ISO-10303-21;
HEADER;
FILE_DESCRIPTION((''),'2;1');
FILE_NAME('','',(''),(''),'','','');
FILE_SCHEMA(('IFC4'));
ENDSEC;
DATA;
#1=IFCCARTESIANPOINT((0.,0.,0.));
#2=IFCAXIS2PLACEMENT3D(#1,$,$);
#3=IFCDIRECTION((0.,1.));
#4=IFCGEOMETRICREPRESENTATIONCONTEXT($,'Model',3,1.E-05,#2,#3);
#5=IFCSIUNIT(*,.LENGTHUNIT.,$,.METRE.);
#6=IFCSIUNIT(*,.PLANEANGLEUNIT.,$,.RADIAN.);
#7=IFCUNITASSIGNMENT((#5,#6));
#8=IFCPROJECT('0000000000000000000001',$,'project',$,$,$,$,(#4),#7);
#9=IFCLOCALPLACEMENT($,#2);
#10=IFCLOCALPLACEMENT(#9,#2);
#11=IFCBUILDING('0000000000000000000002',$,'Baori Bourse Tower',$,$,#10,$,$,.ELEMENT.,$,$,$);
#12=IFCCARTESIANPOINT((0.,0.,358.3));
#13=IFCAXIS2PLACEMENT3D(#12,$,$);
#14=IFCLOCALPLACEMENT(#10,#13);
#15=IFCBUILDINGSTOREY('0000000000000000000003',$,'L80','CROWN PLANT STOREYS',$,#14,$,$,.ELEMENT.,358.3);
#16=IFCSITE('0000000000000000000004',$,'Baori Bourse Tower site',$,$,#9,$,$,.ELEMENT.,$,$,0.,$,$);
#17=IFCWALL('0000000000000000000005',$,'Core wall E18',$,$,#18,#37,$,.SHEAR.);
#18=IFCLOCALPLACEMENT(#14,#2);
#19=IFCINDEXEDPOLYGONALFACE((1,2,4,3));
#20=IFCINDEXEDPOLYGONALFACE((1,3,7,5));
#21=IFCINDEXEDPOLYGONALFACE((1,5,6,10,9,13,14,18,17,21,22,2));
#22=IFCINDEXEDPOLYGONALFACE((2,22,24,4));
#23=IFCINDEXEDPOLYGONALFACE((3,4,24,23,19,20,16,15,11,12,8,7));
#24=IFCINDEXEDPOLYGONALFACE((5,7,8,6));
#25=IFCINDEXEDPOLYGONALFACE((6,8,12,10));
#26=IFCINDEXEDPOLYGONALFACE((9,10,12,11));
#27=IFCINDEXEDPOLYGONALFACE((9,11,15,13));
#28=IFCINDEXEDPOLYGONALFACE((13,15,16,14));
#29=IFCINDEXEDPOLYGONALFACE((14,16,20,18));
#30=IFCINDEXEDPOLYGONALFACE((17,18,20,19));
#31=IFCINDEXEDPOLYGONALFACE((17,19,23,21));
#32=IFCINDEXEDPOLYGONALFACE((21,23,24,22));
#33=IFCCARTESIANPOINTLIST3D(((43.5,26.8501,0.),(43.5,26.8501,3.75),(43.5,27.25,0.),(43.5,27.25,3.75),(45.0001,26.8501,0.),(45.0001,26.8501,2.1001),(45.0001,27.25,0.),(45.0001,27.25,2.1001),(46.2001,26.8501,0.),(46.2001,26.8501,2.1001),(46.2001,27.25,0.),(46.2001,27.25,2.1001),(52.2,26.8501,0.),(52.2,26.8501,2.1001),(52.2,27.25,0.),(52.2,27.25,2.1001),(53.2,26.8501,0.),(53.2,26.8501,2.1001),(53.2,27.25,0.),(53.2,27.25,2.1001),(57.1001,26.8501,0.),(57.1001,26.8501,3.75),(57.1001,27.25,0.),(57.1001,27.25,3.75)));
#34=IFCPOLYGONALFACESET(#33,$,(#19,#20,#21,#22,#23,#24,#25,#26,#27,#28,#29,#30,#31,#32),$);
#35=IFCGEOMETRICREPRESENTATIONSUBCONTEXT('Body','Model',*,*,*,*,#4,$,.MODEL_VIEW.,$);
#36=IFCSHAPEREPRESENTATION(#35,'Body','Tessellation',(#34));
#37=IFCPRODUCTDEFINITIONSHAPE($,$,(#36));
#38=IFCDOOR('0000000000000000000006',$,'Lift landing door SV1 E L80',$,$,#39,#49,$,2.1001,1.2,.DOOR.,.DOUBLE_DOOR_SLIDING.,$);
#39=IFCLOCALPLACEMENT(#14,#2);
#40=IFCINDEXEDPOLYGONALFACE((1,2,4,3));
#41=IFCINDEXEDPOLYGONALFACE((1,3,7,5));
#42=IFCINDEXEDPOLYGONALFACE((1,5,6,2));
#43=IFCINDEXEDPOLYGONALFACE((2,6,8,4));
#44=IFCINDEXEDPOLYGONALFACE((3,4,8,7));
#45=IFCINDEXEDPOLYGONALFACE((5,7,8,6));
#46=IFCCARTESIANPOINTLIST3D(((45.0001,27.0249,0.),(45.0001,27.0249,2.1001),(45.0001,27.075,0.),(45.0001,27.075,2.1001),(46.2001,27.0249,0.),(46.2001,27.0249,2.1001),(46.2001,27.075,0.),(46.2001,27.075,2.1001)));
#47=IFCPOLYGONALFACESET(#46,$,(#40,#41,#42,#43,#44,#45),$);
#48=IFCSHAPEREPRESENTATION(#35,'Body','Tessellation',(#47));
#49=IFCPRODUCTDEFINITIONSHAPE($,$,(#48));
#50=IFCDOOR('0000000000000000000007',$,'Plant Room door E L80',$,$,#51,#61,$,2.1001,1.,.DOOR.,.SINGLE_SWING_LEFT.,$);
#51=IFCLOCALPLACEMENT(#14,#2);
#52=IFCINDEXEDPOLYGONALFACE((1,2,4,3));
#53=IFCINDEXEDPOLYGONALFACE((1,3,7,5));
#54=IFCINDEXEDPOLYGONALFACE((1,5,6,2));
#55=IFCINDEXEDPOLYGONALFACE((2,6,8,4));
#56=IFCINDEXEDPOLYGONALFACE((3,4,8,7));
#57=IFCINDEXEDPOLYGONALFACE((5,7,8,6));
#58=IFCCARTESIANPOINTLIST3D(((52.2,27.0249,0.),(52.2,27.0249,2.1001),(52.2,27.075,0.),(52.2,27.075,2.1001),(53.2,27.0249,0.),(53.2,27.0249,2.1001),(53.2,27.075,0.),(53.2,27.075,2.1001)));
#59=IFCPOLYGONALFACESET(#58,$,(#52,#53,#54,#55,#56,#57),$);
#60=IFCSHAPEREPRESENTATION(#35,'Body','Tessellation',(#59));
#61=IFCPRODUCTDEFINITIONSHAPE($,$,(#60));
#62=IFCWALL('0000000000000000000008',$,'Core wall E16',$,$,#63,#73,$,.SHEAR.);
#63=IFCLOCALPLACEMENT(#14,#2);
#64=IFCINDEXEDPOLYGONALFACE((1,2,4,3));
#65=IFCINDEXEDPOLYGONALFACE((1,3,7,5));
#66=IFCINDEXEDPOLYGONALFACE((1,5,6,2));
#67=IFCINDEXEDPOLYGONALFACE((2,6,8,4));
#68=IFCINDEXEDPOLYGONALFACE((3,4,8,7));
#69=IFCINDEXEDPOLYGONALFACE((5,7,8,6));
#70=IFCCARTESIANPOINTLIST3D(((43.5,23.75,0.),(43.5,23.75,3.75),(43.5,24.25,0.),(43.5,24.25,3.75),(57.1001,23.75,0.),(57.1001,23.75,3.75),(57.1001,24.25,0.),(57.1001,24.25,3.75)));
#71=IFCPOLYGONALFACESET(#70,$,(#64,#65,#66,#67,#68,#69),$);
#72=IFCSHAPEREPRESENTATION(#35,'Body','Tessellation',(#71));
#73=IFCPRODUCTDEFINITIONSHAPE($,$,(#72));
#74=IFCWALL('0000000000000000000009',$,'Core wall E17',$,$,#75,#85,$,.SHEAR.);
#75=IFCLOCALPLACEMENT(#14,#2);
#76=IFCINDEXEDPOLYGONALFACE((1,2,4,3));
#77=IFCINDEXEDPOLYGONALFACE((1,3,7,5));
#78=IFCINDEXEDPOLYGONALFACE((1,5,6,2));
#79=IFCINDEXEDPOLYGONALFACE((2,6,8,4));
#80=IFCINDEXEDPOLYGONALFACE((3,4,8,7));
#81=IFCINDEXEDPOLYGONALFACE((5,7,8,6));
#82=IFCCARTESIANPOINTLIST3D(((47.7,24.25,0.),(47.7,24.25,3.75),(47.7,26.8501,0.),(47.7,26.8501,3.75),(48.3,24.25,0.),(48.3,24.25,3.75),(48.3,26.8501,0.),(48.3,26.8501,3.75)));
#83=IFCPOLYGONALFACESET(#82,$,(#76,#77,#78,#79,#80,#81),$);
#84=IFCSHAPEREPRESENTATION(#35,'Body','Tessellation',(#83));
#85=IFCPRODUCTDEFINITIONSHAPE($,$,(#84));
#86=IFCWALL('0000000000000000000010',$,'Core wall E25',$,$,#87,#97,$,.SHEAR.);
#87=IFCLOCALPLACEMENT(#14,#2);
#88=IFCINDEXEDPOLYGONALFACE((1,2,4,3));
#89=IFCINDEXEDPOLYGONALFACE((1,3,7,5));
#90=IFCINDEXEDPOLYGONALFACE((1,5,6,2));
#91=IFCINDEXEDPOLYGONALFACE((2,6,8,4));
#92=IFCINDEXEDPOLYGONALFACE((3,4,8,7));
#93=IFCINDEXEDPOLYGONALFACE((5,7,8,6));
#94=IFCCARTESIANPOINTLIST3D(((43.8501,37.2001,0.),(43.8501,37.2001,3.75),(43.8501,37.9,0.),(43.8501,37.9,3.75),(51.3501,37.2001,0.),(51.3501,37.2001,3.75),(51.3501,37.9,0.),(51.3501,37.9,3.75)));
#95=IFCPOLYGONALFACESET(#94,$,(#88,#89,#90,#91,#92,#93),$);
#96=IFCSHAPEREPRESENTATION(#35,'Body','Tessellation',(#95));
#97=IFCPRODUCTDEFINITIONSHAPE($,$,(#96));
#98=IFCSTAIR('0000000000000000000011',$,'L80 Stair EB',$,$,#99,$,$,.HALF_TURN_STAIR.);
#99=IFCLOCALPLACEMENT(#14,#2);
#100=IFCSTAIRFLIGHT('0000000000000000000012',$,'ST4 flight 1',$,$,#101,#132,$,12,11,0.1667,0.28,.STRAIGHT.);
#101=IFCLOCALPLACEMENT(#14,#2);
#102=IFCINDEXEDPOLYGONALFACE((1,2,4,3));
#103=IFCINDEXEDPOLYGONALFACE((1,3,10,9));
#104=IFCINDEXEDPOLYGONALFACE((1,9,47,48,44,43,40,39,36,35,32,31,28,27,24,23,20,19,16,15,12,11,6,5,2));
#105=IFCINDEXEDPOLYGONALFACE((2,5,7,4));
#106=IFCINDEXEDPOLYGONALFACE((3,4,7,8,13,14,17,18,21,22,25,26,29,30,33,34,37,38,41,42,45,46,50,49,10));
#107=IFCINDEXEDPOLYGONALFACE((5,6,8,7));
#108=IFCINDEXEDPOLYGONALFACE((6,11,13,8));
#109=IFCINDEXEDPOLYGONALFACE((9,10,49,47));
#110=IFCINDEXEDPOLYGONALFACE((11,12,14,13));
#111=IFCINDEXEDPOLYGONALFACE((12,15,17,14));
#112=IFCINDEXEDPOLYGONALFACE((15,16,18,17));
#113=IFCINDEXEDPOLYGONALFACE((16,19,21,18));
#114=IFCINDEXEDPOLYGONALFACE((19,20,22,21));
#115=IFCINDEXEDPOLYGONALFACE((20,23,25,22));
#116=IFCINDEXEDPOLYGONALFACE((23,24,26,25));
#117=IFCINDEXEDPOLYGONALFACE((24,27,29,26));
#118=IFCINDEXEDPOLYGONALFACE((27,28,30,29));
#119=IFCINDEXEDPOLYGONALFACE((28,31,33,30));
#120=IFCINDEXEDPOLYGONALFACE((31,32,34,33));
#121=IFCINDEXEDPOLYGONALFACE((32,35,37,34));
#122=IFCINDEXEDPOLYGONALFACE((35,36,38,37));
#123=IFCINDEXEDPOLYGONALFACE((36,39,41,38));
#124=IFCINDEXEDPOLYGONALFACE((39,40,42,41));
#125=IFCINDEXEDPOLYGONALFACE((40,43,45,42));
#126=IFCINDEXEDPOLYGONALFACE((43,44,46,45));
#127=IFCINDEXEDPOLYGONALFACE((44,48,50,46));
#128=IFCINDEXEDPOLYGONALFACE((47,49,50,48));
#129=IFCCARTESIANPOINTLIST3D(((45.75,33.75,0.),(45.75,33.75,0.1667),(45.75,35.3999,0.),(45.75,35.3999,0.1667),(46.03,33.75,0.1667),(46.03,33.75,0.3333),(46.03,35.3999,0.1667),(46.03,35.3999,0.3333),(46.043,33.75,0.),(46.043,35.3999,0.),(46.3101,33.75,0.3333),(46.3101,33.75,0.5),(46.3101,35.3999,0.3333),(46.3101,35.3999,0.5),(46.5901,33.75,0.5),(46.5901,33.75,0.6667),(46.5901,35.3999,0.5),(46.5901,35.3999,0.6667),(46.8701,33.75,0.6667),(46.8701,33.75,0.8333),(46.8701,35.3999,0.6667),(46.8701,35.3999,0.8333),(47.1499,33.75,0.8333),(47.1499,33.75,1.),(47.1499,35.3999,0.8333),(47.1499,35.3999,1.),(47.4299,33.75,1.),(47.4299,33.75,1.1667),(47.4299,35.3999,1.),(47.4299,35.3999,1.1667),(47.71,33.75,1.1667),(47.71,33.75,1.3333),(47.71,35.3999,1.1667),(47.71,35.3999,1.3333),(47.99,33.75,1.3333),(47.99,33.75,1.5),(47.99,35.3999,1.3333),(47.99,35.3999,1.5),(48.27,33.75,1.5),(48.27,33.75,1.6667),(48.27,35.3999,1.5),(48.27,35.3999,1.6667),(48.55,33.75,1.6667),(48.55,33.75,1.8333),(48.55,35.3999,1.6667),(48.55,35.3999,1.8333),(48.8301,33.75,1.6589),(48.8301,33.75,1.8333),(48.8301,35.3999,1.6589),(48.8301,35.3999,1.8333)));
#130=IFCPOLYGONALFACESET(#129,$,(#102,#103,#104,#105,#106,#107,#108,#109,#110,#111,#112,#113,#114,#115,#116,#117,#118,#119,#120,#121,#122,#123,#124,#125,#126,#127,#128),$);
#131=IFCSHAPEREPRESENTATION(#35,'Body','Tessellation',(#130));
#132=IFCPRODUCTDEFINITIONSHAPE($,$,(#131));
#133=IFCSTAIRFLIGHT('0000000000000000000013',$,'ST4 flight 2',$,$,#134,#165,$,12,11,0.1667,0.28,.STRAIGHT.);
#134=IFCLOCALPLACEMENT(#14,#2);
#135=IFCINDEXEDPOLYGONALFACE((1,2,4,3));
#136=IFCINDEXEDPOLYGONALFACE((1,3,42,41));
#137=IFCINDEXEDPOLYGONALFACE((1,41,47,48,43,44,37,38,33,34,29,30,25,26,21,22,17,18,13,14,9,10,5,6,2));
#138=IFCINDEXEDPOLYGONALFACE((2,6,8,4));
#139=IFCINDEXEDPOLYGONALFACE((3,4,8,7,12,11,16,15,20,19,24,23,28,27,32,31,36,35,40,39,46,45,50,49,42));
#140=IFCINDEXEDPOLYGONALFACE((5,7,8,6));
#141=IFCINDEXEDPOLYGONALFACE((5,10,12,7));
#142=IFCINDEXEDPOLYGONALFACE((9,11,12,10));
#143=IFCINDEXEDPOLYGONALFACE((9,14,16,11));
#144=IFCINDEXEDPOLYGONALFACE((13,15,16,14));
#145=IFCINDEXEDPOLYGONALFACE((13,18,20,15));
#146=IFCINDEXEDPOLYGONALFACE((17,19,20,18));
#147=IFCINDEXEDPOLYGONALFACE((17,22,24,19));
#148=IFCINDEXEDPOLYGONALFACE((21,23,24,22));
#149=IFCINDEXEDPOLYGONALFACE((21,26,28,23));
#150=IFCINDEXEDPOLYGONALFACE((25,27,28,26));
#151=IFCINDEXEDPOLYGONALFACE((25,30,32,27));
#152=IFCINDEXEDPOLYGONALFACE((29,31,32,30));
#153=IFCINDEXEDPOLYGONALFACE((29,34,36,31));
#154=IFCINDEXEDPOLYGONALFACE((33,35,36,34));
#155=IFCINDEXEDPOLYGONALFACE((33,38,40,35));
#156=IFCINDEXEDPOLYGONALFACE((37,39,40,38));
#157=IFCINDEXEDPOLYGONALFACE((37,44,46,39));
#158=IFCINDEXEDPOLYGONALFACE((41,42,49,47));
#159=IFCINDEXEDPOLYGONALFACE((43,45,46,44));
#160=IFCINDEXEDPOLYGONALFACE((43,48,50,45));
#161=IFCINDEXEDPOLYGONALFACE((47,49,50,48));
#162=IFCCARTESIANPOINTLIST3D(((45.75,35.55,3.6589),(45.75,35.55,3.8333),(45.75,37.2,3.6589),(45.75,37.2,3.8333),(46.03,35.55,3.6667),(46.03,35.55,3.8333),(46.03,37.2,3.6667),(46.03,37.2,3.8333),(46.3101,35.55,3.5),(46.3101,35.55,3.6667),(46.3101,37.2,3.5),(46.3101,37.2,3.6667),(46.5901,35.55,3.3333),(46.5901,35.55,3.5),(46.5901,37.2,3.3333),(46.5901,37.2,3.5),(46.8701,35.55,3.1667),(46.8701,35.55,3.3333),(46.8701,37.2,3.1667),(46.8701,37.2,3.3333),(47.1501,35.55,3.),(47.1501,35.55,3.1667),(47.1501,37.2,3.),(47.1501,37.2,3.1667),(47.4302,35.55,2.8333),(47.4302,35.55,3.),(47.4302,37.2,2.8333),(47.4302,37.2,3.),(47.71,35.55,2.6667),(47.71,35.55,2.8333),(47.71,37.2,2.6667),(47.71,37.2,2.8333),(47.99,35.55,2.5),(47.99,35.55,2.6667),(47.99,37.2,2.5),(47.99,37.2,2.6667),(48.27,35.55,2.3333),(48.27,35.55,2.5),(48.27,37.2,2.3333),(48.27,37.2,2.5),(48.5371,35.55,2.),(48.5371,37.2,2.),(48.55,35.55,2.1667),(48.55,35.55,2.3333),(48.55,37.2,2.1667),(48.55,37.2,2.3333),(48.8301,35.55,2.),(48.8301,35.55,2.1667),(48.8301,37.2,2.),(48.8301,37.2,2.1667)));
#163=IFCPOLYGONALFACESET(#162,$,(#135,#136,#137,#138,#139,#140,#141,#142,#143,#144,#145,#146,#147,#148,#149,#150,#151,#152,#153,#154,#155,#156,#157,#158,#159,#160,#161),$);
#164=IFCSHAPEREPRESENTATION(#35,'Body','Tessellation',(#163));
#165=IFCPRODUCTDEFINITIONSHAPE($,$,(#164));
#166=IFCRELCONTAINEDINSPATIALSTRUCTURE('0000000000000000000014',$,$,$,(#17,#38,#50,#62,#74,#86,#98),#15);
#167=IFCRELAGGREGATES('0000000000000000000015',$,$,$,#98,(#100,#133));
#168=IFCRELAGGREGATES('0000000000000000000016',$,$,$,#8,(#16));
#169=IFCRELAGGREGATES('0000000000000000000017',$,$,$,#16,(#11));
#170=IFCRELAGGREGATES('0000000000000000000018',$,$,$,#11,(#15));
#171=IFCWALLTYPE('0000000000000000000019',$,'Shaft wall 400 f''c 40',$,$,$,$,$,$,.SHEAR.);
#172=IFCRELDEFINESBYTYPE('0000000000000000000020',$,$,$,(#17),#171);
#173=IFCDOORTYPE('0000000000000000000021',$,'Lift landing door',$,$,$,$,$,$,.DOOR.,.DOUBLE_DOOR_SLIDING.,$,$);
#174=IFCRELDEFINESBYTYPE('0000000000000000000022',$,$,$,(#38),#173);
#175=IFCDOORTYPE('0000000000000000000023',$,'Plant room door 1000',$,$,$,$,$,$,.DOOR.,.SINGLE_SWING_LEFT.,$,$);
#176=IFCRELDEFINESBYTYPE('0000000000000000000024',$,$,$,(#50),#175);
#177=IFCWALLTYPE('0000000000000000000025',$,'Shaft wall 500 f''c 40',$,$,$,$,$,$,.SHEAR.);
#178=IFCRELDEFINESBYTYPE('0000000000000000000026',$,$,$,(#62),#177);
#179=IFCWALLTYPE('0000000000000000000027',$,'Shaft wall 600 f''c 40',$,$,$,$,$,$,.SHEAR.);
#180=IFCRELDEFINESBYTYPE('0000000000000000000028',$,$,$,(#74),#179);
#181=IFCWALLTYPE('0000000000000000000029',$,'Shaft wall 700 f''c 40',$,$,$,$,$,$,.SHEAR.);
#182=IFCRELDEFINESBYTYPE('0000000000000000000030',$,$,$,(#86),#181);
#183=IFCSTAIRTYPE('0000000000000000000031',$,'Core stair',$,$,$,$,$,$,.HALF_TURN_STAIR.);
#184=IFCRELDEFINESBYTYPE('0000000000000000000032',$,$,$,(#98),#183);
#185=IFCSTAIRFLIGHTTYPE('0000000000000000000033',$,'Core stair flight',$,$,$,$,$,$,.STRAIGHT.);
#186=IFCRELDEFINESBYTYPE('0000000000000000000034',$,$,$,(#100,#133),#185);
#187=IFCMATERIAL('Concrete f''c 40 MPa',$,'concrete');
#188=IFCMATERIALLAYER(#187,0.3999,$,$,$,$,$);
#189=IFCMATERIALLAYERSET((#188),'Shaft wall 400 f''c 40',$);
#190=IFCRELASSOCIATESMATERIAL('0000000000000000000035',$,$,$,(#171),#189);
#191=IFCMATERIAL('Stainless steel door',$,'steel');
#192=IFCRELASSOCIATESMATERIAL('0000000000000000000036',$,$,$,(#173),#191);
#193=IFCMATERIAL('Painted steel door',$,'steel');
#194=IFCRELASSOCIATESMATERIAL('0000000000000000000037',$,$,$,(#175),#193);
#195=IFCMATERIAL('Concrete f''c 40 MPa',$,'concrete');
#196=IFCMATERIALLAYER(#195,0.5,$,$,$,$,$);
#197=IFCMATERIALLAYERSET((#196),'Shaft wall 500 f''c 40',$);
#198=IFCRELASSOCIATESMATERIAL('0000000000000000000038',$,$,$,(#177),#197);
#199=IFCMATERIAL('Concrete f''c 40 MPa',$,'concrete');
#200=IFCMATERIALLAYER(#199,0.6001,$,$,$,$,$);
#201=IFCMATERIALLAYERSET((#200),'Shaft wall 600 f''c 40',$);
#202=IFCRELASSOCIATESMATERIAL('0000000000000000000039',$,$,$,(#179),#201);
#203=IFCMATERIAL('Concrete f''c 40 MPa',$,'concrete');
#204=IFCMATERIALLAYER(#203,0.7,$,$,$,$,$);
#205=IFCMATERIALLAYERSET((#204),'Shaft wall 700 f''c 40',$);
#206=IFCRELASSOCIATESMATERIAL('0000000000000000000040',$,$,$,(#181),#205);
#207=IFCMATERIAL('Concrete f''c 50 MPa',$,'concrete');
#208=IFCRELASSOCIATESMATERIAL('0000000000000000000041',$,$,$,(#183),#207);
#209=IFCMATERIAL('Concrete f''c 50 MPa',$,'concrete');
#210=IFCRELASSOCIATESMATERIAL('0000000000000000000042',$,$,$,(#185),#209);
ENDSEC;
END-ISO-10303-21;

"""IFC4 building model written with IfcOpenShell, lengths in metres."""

from ifc_helpers import new_model, si_unit, direction, frame, frame_2d, origin, place, context, subcontext, project, spatial, polyline, rectangle, outline, extrude, material, layer, layer_set, type_object, element, fill, aggregate, save


model = new_model("IFC4")

# Units and contexts
model_context = context("Model", 3, precision=1e-05, world=origin(), true_north=direction((0.0, 1.0)))
body_context = subcontext(model_context, "Body", "Model", "MODEL_VIEW")
ifc_project = project(units=[si_unit("LENGTHUNIT", "METRE"), si_unit("PLANEANGLEUNIT", "RADIAN")], contexts=[model_context])

# Site, building, storey
site_placement = place(None, origin())
site = spatial("IfcSite", under=ifc_project, at=site_placement, Name="Baori Bourse Tower site", CompositionType="ELEMENT", RefElevation=0.0)
building_placement = place(site_placement, origin())
building = spatial("IfcBuilding", under=site, at=building_placement, Name="Baori Bourse Tower", CompositionType="ELEMENT")
storey_placement = place(building_placement, frame((0.0, 0.0, 358.3)))
storey = spatial("IfcBuildingStorey", under=building, at=storey_placement, Name="L80", Description="CROWN PLANT STOREYS", CompositionType="ELEMENT", Elevation=358.3)

# Shared definitions
ifc_material_1 = material(Name="Concrete f'c 40 MPa", Category="concrete")
ifc_layer_1 = layer(ifc_material_1, 0.3999)
ifc_layer_set_1 = layer_set([ifc_layer_1], Name="Shaft wall 400 f'c 40")
wall_type_1 = type_object("IfcWallType", Name="Shaft wall 400 f'c 40", PredefinedType="SHEAR", material=ifc_layer_set_1)
ifc_material_2 = material(Name="Stainless steel door", Category="steel")
door_type_1 = type_object("IfcDoorType", Name="Lift landing door", OperationType="DOUBLE_DOOR_SLIDING", PredefinedType="DOOR", material=ifc_material_2)

# Wall, openings, doors
wall_1_placement = place(storey_placement, frame((43.5, 27.05, 0.0), z_axis=(0.0, 0.0, 1.0), x_axis=(1.0, 0.0, 0.0)))
wall_1 = element("IfcWall", 1, at=wall_1_placement, inside=storey, type_object=wall_type_1, Name="Core wall E18", PredefinedType="SHEAR", context=body_context, shape_type="SweptSolid", body=[
    extrude(rectangle(XDim=13.6001, YDim=0.3999, at=frame_2d((6.8, 0.0))), origin(), (0.0, 0.0, 1.0), 3.75),
])
opening_1_placement = place(wall_1_placement, frame((8.7, 0.0, 0.0)))
opening_1 = element("IfcOpeningElement", 2, at=opening_1_placement, cuts=wall_1, PredefinedType="OPENING", context=body_context, shape_type="SweptSolid", body=[
    extrude(rectangle(XDim=1.0, YDim=2.1001, at=frame_2d((0.5, 1.05))), frame((0.0, 0.21, 0.0), z_axis=(0.0, -1.0, 0.0), x_axis=(1.0, 0.0, 0.0)), (0.0, 0.0, 1.0), 0.4199),
])
opening_2_placement = place(wall_1_placement, frame((1.5, 0.0, 0.0)))
opening_2 = element("IfcOpeningElement", 3, at=opening_2_placement, cuts=wall_1, PredefinedType="OPENING", context=body_context, shape_type="SweptSolid", body=[
    extrude(rectangle(XDim=1.2, YDim=2.1001, at=frame_2d((0.6001, 1.05))), frame((0.0, 0.21, 0.0), z_axis=(0.0, -1.0, 0.0), x_axis=(1.0, 0.0, 0.0)), (0.0, 0.0, 1.0), 0.4199),
])
door_1_placement = place(opening_2_placement, origin())
door_1 = element("IfcDoor", 4, at=door_1_placement, inside=storey, type_object=door_type_1, Name="Lift landing door SV1 E L80", OperationType="DOUBLE_DOOR_SLIDING", OverallHeight=2.1001, OverallWidth=1.2, PredefinedType="DOOR", context=body_context, shape_type="SweptSolid", body=[
    extrude(rectangle(XDim=1.2, YDim=2.1001, at=frame_2d((0.6001, 1.05))), frame((0.0, 0.0249, 0.0), z_axis=(0.0, -1.0, 0.0), x_axis=(1.0, 0.0, 0.0)), (0.0, 0.0, 1.0), 0.05),
])
fill(opening_2, door_1)
ifc_material_3 = material(Name="Painted steel door", Category="steel")
door_type_2 = type_object("IfcDoorType", Name="Plant room door 1000", OperationType="SINGLE_SWING_LEFT", PredefinedType="DOOR", material=ifc_material_3)
door_2_placement = place(opening_1_placement, origin())
door_2 = element("IfcDoor", 5, at=door_2_placement, inside=storey, type_object=door_type_2, Name="Plant Room door E L80", OperationType="SINGLE_SWING_LEFT", OverallHeight=2.1001, OverallWidth=1.0, PredefinedType="DOOR", context=body_context, shape_type="SweptSolid", body=[
    extrude(rectangle(XDim=1.0, YDim=2.1001, at=frame_2d((0.5, 1.05))), frame((0.0, 0.0249, 0.0), z_axis=(0.0, -1.0, 0.0), x_axis=(1.0, 0.0, 0.0)), (0.0, 0.0, 1.0), 0.05),
])
fill(opening_1, door_2)

# Walls
ifc_material_4 = material(Name="Concrete f'c 40 MPa", Category="concrete")
ifc_layer_2 = layer(ifc_material_4, 0.5)
ifc_layer_set_2 = layer_set([ifc_layer_2], Name="Shaft wall 500 f'c 40")
wall_type_2 = type_object("IfcWallType", Name="Shaft wall 500 f'c 40", PredefinedType="SHEAR", material=ifc_layer_set_2)
wall_2_placement = place(storey_placement, frame((43.5, 24.0, 0.0), z_axis=(0.0, 0.0, 1.0), x_axis=(1.0, 0.0, 0.0)))
element("IfcWall", 6, at=wall_2_placement, inside=storey, type_object=wall_type_2, Name="Core wall E16", PredefinedType="SHEAR", context=body_context, shape_type="SweptSolid", body=[
    extrude(rectangle(XDim=13.6001, YDim=0.5, at=frame_2d((6.8, 0.0))), origin(), (0.0, 0.0, 1.0), 3.75),
])
ifc_material_5 = material(Name="Concrete f'c 40 MPa", Category="concrete")
ifc_layer_3 = layer(ifc_material_5, 0.6001)
ifc_layer_set_3 = layer_set([ifc_layer_3], Name="Shaft wall 600 f'c 40")
wall_type_3 = type_object("IfcWallType", Name="Shaft wall 600 f'c 40", PredefinedType="SHEAR", material=ifc_layer_set_3)
wall_3_placement = place(storey_placement, frame((48.0, 24.25, 0.0), z_axis=(0.0, 0.0, 1.0), x_axis=(0.0, 1.0, 0.0)))
element("IfcWall", 7, at=wall_3_placement, inside=storey, type_object=wall_type_3, Name="Core wall E17", PredefinedType="SHEAR", context=body_context, shape_type="SweptSolid", body=[
    extrude(rectangle(XDim=2.6001, YDim=0.6001, at=frame_2d((1.3, 0.0))), origin(), (0.0, 0.0, 1.0), 3.75),
])
ifc_material_6 = material(Name="Concrete f'c 40 MPa", Category="concrete")
ifc_layer_4 = layer(ifc_material_6, 0.7)
ifc_layer_set_4 = layer_set([ifc_layer_4], Name="Shaft wall 700 f'c 40")
wall_type_4 = type_object("IfcWallType", Name="Shaft wall 700 f'c 40", PredefinedType="SHEAR", material=ifc_layer_set_4)
wall_4_placement = place(storey_placement, frame((43.8501, 37.55, 0.0), z_axis=(0.0, 0.0, 1.0), x_axis=(1.0, 0.0, 0.0)))
element("IfcWall", 8, at=wall_4_placement, inside=storey, type_object=wall_type_4, Name="Core wall E25", PredefinedType="SHEAR", context=body_context, shape_type="SweptSolid", body=[
    extrude(rectangle(XDim=7.5, YDim=0.7, at=frame_2d((3.75, 0.0))), origin(), (0.0, 0.0, 1.0), 3.75),
])

# Stair, stair flights
ifc_material_7 = material(Name="Concrete f'c 50 MPa", Category="concrete")
stair_type = type_object("IfcStairType", Name="Core stair", PredefinedType="HALF_TURN_STAIR", material=ifc_material_7)
stair_placement = place(storey_placement, origin())
stair = element("IfcStair", 9, at=stair_placement, inside=storey, type_object=stair_type, Name="L80 Stair EB", PredefinedType="HALF_TURN_STAIR")
ifc_material_8 = material(Name="Concrete f'c 50 MPa", Category="concrete")
stair_flight_type = type_object("IfcStairFlightType", Name="Core stair flight", PredefinedType="STRAIGHT", material=ifc_material_8)
stair_flight_1_placement = place(storey_placement, frame((45.75, 34.575, 0.0), z_axis=(0.0, 0.0, 1.0), x_axis=(1.0, 0.0, 0.0)))
stair_flight_1 = element("IfcStairFlight", 10, at=stair_flight_1_placement, type_object=stair_flight_type, Name="ST4 flight 1", NumberOfRisers=12, NumberOfTreads=11, PredefinedType="STRAIGHT", RiserHeight=0.1667, TreadLength=0.28, context=body_context, shape_type="SweptSolid", body=[
    extrude(outline(polyline([(0.0, 0.0), (0.0, 0.1667), (0.28, 0.1667), (0.28, 0.3333), (0.5601, 0.3333), (0.5601, 0.5), (0.8401, 0.5), (0.8401, 0.6667), (1.1201, 0.6667), (1.1201, 0.8333), (1.3999, 0.8333), (1.3999, 1.0), (1.6799, 1.0), (1.6799, 1.1667), (1.96, 1.1667), (1.96, 1.3333), (2.24, 1.3333), (2.24, 1.5), (2.52, 1.5), (2.52, 1.6667), (2.8, 1.6667), (2.8, 1.8333), (3.0801, 1.8333), (3.0801, 2.0), (3.0801, 1.6589), (0.293, 0.0), (0.0, 0.0)])), frame((0.0, 0.825, 0.0), z_axis=(0.0, -1.0, 0.0), x_axis=(1.0, 0.0, 0.0)), (0.0, 0.0, 1.0), 1.6499),
])
stair_flight_2_placement = place(storey_placement, frame((48.8301, 36.375, 2.0), z_axis=(0.0, 0.0, 1.0), x_axis=(-1.0, 0.0, 0.0)))
stair_flight_2 = element("IfcStairFlight", 11, at=stair_flight_2_placement, type_object=stair_flight_type, Name="ST4 flight 2", NumberOfRisers=12, NumberOfTreads=11, PredefinedType="STRAIGHT", RiserHeight=0.1667, TreadLength=0.28, context=body_context, shape_type="SweptSolid", body=[
    extrude(outline(polyline([(0.0, 0.0), (0.0, 0.1667), (0.28, 0.1667), (0.28, 0.3333), (0.5601, 0.3333), (0.5601, 0.5), (0.8401, 0.5), (0.8401, 0.6667), (1.1201, 0.6667), (1.1201, 0.8333), (1.3999, 0.8333), (1.3999, 1.0), (1.6799, 1.0), (1.6799, 1.1667), (1.96, 1.1667), (1.96, 1.3333), (2.24, 1.3333), (2.24, 1.5), (2.52, 1.5), (2.52, 1.6667), (2.8, 1.6667), (2.8, 1.8333), (3.0801, 1.8333), (3.0801, 2.0), (3.0801, 1.6589), (0.293, 0.0), (0.0, 0.0)])), frame((0.0, 0.825, 0.0), z_axis=(0.0, -1.0, 0.0), x_axis=(1.0, 0.0, 0.0)), (0.0, 0.0, 1.0), 1.6499),
])
aggregate(stair, [stair_flight_1, stair_flight_2])

save(model, "model.ifc")
